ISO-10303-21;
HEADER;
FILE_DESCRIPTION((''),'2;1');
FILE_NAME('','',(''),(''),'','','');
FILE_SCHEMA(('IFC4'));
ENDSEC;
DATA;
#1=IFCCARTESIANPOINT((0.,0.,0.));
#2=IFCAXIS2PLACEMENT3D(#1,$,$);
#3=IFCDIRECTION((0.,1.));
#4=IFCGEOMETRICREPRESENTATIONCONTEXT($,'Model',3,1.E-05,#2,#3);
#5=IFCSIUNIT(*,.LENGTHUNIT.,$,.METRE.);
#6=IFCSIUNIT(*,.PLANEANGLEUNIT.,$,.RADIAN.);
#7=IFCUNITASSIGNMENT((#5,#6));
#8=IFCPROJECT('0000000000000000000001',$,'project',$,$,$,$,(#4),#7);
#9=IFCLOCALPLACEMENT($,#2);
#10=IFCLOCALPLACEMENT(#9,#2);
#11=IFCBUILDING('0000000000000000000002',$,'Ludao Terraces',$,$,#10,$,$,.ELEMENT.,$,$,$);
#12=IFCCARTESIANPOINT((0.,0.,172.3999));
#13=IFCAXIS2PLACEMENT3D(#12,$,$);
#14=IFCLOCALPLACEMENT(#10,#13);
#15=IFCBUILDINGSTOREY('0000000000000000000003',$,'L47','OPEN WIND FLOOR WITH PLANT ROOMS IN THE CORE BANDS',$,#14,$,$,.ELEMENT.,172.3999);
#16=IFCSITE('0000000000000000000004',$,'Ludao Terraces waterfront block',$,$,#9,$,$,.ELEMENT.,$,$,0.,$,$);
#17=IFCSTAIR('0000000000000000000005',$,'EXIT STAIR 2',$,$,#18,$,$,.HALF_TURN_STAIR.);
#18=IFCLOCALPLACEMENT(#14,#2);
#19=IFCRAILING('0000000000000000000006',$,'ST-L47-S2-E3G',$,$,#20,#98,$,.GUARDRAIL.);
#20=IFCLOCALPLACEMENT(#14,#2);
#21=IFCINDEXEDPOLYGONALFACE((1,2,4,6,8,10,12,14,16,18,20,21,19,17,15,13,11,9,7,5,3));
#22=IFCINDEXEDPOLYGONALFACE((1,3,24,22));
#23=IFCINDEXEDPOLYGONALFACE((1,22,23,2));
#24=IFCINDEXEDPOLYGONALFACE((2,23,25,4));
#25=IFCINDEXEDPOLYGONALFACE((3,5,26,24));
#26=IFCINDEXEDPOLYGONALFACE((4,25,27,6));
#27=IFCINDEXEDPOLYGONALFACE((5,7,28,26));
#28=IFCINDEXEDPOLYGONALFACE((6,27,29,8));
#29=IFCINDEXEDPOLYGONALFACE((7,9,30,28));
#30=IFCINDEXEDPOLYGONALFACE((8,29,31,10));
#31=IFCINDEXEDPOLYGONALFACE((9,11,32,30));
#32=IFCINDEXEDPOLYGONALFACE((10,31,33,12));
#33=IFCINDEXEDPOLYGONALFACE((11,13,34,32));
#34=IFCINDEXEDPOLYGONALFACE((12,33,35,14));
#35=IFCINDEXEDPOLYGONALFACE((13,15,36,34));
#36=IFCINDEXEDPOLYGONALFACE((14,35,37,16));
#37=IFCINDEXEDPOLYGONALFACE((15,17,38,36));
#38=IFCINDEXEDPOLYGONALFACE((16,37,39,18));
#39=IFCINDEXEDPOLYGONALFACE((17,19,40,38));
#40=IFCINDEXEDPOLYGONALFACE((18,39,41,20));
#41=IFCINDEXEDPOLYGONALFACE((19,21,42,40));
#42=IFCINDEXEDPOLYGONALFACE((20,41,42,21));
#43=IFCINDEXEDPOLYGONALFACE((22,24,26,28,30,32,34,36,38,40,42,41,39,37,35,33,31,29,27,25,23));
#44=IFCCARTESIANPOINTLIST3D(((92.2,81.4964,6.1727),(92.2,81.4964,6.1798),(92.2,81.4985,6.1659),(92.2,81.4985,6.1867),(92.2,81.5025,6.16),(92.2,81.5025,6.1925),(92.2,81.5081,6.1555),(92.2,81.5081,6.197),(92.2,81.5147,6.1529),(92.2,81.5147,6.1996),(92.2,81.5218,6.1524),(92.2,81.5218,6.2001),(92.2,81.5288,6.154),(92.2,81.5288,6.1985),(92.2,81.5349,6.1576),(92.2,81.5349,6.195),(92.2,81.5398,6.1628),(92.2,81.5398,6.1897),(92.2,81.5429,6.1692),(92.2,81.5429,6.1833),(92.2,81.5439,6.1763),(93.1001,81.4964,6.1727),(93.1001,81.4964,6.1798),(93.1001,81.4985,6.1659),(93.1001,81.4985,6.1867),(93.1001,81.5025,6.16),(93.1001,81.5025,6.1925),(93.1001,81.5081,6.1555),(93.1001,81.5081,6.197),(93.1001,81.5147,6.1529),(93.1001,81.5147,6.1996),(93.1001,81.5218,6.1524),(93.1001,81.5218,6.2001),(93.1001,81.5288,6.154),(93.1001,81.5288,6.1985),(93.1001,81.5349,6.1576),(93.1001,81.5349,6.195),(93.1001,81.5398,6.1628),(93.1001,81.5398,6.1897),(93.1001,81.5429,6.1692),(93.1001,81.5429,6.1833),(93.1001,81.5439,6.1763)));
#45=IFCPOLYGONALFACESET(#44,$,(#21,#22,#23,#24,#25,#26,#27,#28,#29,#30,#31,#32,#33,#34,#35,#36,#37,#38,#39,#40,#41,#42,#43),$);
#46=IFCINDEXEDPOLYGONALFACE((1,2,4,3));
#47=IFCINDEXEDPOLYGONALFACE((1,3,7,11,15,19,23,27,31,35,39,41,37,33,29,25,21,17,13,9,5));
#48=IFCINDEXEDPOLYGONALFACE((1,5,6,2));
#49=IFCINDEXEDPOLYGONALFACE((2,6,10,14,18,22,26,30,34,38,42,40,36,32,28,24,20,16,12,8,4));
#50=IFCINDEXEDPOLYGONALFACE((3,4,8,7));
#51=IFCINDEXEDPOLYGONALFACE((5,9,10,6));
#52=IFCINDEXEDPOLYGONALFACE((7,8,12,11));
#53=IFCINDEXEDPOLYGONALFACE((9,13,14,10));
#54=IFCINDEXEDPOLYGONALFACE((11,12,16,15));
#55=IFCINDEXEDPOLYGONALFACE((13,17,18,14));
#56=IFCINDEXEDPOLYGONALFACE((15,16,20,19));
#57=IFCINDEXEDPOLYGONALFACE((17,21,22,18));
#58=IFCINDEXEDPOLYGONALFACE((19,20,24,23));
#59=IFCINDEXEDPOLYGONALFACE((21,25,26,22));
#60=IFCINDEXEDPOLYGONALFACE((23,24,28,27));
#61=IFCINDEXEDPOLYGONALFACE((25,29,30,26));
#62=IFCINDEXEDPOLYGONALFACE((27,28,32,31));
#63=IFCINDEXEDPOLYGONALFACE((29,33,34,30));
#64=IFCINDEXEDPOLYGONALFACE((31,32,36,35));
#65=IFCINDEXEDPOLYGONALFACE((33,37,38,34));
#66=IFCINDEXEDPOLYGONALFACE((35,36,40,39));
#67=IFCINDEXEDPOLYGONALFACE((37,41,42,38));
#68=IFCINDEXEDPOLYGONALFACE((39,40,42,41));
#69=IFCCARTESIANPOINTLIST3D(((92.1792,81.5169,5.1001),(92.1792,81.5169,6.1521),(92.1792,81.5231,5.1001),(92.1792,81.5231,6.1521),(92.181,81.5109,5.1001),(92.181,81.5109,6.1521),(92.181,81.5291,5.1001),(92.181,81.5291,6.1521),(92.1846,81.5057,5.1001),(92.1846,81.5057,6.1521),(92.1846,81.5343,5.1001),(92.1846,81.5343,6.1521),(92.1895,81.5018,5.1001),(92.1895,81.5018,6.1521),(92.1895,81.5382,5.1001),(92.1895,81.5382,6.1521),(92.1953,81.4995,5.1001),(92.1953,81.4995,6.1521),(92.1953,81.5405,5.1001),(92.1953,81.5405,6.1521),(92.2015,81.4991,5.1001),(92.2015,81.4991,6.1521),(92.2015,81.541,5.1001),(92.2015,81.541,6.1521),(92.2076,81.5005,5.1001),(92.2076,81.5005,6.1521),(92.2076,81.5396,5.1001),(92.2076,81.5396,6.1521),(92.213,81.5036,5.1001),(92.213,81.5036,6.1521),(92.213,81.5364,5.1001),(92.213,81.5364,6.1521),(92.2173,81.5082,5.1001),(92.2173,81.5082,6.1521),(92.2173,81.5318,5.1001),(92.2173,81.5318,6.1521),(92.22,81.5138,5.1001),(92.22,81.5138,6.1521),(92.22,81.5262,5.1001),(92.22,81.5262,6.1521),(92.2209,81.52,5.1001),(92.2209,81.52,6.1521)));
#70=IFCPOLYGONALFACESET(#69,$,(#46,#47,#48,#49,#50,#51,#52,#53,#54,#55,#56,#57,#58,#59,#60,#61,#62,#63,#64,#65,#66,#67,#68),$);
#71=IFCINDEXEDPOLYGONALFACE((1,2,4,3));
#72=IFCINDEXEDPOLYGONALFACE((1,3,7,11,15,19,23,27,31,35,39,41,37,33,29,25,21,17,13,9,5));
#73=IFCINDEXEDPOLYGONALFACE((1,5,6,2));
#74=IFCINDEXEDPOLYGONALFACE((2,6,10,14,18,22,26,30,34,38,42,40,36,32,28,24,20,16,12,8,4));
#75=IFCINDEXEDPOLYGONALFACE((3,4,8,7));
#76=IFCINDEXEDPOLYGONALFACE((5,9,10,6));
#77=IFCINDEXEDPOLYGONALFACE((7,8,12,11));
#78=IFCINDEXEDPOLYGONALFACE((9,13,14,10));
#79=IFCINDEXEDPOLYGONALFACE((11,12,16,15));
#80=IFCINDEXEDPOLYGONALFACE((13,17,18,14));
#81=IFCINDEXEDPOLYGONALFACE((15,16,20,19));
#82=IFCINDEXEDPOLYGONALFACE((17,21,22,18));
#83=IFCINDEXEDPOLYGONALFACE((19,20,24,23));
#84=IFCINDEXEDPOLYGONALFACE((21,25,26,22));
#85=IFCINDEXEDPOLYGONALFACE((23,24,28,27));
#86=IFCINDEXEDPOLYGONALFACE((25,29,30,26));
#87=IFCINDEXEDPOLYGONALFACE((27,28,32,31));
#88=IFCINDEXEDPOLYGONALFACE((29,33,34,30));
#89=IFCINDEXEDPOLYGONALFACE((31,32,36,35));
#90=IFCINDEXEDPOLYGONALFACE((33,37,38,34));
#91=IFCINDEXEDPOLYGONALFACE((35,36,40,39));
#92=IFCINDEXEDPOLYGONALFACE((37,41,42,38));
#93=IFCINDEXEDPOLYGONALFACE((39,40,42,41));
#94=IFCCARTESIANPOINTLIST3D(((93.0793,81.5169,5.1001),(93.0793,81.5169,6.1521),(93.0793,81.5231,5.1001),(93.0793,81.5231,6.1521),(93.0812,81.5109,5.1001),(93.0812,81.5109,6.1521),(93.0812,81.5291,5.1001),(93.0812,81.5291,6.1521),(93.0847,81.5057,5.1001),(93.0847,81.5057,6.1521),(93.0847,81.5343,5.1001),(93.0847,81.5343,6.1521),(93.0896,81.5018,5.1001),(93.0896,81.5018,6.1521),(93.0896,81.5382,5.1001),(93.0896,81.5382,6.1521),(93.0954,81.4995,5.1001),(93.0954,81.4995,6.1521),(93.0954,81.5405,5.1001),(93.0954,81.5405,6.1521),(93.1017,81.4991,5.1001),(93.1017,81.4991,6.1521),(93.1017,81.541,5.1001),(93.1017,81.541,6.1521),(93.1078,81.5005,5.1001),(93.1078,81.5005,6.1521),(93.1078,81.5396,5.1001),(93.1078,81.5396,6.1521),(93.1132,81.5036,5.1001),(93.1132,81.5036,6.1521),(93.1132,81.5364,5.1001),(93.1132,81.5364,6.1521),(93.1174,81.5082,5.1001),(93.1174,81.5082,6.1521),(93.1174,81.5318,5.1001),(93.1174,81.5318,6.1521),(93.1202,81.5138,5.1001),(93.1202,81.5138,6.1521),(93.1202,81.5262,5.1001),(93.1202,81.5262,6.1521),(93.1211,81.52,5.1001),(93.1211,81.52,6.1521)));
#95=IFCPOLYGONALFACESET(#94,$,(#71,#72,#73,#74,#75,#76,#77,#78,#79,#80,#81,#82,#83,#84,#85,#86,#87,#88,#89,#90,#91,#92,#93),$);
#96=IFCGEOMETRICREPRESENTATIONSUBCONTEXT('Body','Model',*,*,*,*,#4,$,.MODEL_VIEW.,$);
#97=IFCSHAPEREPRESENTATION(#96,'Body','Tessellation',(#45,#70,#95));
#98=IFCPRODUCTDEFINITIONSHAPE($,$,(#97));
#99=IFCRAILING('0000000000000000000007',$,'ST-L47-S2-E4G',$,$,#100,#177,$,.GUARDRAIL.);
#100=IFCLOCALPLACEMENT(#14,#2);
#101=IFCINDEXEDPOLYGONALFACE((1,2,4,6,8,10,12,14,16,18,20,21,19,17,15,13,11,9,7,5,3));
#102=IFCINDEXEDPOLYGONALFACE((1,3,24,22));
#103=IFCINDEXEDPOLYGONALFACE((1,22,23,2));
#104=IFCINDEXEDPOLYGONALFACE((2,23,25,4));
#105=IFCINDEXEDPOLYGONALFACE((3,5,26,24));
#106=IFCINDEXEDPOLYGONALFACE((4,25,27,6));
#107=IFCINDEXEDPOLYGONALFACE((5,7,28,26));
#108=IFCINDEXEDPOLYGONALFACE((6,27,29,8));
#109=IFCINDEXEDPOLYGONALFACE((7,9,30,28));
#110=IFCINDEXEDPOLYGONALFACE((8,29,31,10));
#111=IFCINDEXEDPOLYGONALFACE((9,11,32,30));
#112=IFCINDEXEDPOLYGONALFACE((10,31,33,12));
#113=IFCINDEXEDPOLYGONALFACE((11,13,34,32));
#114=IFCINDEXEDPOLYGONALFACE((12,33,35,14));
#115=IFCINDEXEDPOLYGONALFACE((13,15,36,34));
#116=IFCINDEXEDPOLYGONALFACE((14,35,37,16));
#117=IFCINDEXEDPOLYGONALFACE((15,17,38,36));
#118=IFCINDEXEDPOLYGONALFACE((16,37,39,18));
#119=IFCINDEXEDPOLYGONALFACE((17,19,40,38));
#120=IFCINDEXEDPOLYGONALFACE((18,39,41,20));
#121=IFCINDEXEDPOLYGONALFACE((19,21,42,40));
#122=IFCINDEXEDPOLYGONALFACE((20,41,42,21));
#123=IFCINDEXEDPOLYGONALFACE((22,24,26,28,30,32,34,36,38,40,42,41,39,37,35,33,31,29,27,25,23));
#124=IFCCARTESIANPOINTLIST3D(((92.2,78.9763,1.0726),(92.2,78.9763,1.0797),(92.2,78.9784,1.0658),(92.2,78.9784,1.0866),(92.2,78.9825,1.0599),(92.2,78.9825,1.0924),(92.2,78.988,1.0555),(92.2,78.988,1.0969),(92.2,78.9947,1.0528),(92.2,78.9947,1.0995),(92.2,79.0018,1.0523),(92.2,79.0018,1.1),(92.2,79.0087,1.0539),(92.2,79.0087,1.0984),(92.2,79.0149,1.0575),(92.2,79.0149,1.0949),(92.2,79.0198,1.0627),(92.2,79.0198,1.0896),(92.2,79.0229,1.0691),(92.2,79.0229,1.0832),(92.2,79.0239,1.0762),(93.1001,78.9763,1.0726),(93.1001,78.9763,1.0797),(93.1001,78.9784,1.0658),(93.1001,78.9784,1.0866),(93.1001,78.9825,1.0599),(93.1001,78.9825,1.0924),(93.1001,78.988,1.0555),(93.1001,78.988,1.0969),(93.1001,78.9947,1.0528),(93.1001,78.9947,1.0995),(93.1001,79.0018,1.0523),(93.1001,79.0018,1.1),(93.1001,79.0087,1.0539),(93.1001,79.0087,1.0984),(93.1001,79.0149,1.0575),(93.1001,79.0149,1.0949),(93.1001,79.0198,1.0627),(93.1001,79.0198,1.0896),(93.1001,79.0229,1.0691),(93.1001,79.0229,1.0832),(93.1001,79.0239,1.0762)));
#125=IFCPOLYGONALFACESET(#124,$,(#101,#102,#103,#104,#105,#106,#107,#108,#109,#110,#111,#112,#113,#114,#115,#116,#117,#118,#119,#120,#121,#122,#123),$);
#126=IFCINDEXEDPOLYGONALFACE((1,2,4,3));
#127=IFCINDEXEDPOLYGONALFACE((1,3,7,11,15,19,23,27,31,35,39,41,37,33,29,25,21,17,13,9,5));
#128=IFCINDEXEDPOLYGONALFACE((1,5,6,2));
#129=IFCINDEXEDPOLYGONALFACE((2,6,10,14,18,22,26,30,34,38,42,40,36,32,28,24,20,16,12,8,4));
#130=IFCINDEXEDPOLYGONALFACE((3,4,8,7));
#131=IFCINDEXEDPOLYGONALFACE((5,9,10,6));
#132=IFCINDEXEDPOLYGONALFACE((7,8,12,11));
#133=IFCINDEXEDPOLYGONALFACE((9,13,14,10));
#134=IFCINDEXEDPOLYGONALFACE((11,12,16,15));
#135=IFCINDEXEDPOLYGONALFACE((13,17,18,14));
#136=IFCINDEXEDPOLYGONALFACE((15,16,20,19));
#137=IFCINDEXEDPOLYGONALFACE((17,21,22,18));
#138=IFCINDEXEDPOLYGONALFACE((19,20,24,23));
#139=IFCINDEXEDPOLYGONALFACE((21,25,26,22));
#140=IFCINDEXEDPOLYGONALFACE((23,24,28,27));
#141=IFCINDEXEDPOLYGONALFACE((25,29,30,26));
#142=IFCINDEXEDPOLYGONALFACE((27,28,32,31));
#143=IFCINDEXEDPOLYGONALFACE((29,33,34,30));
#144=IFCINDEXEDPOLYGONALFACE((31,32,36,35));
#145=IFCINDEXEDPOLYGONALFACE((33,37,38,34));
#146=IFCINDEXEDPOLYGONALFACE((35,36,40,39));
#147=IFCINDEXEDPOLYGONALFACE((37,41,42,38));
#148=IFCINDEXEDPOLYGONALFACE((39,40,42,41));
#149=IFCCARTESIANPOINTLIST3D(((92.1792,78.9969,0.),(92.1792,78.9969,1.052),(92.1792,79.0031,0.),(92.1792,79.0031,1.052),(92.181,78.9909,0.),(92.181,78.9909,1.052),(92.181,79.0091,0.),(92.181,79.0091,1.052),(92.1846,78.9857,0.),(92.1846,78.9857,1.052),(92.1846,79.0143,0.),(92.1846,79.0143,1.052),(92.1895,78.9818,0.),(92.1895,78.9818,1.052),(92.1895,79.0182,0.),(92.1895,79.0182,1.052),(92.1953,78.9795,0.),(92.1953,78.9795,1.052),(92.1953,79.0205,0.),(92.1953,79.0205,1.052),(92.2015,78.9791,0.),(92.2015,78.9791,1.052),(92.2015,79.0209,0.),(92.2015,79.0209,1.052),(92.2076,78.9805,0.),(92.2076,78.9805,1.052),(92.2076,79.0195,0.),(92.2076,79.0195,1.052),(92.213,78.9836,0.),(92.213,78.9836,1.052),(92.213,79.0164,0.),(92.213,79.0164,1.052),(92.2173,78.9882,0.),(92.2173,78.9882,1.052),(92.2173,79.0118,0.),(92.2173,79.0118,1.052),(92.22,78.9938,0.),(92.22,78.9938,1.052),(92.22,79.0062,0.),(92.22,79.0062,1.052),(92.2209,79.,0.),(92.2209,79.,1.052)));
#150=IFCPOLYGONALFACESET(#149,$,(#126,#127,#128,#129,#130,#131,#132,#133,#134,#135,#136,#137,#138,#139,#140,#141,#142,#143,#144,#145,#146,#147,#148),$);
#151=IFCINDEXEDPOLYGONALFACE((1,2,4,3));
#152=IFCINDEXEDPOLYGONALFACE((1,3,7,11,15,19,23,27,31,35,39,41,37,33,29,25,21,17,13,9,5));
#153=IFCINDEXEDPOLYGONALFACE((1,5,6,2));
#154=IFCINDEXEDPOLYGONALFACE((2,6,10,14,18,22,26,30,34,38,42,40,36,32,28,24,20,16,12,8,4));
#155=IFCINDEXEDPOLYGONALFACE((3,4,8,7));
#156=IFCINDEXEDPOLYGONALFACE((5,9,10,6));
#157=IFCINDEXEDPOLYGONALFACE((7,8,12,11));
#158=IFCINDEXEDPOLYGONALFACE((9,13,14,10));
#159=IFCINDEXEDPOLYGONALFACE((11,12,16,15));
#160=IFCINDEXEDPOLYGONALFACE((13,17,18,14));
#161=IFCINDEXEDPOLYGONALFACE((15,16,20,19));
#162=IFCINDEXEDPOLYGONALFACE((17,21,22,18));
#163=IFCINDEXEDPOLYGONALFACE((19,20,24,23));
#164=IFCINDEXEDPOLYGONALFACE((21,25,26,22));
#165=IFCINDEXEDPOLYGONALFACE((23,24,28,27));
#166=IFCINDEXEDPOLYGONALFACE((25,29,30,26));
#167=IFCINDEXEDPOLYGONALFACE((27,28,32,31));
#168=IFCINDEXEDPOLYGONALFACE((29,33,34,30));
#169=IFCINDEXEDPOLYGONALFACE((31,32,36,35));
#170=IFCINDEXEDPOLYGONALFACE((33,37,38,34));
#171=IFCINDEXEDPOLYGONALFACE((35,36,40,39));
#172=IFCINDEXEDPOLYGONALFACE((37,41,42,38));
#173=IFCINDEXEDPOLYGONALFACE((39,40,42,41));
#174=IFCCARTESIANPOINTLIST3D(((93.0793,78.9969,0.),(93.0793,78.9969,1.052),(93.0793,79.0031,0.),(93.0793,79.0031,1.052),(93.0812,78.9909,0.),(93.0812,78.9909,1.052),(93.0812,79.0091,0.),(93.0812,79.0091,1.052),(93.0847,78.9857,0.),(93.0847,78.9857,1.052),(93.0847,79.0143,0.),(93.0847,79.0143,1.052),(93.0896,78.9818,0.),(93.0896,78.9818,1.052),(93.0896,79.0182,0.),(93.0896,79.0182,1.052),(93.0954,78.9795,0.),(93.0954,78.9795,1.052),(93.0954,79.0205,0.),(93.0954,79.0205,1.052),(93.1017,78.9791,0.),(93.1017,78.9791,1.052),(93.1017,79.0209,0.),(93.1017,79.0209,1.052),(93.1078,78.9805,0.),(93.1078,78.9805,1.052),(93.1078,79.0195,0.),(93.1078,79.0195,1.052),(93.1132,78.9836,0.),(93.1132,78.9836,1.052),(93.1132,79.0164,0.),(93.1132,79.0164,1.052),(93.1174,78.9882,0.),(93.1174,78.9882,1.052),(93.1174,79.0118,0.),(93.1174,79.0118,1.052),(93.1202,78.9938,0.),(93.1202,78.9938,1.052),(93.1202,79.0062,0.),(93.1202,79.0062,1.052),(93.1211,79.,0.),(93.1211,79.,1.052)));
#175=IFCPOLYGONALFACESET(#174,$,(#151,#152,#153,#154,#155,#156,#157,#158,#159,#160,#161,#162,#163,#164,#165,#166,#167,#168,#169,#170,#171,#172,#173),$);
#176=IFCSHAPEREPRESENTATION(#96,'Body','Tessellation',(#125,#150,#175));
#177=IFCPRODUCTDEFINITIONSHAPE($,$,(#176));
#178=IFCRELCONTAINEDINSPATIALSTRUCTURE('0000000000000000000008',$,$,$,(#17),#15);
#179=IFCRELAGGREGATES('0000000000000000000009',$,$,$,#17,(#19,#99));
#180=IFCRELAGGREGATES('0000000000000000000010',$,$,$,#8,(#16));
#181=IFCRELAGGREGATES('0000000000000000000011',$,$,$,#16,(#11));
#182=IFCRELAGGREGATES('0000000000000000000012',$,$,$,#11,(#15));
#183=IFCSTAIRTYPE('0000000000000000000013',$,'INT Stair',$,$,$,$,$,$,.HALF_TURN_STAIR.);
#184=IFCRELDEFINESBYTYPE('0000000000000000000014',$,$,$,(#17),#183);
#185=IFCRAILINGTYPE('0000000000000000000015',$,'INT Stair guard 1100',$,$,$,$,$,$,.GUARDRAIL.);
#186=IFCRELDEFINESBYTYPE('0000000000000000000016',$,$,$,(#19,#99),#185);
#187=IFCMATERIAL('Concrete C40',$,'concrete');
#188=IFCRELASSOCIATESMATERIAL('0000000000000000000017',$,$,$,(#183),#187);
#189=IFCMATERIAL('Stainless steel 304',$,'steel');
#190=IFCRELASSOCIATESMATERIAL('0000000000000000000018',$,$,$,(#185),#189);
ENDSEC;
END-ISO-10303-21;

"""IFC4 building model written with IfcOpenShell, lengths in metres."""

from ifc_helpers import new_model, si_unit, direction, frame, origin, origin_2d, place, context, subcontext, project, spatial, circle, extrude, material, type_object, element, aggregate, save


model = new_model("IFC4")

# Units and contexts
model_context = context("Model", 3, precision=1e-05, world=origin(), true_north=direction((0.0, 1.0)))
body_context = subcontext(model_context, "Body", "Model", "MODEL_VIEW")
ifc_project = project(units=[si_unit("LENGTHUNIT", "METRE"), si_unit("PLANEANGLEUNIT", "RADIAN")], contexts=[model_context])

# Site, building, storey
site_placement = place(None, origin())
site = spatial("IfcSite", under=ifc_project, at=site_placement, Name="Ludao Terraces waterfront block", CompositionType="ELEMENT", RefElevation=0.0)
building_placement = place(site_placement, origin())
building = spatial("IfcBuilding", under=site, at=building_placement, Name="Ludao Terraces", CompositionType="ELEMENT")
storey_placement = place(building_placement, frame((0.0, 0.0, 172.3999)))
storey = spatial("IfcBuildingStorey", under=building, at=storey_placement, Name="L47", Description="OPEN WIND FLOOR WITH PLANT ROOMS IN THE CORE BANDS", CompositionType="ELEMENT", Elevation=172.3999)

# Stair, railings
ifc_material_1 = material(Name="Concrete C40", Category="concrete")
stair_type = type_object("IfcStairType", Name="INT Stair", PredefinedType="HALF_TURN_STAIR", material=ifc_material_1)
stair_placement = place(storey_placement, origin())
stair = element("IfcStair", 1, at=stair_placement, inside=storey, type_object=stair_type, Name="EXIT STAIR 2", PredefinedType="HALF_TURN_STAIR")
ifc_material_2 = material(Name="Stainless steel 304", Category="steel")
railing_type_1 = type_object("IfcRailingType", Name="INT Stair guard 1100", PredefinedType="GUARDRAIL", material=ifc_material_2)
railing_1_placement = place(storey_placement, frame((92.2, 81.52, 5.1001)))
railing_1 = element("IfcRailing", 2, at=railing_1_placement, type_object=railing_type_1, Name="ST-L47-S2-E3G", PredefinedType="GUARDRAIL", context=body_context, shape_type="SweptSolid", body=[
    extrude(circle(Radius=0.0239, at=origin_2d()), frame((0.0, 0.0, 1.0762), z_axis=(1.0, 0.0, 0.0), x_axis=(0.0, 1.0, 0.0)), (0.0, 0.0, 1.0), 0.9001),
    extrude(circle(Radius=0.021, at=origin_2d()), origin(), (0.0, 0.0, 1.0), 1.052),
    extrude(circle(Radius=0.021, at=origin_2d()), frame((0.9001, 0.0, 0.0)), (0.0, 0.0, 1.0), 1.052),
])
railing_2_placement = place(storey_placement, frame((92.2, 79.0, 0.0)))
railing_2 = element("IfcRailing", 3, at=railing_2_placement, type_object=railing_type_1, Name="ST-L47-S2-E4G", PredefinedType="GUARDRAIL", context=body_context, shape_type="SweptSolid", body=[
    extrude(circle(Radius=0.0239, at=origin_2d()), frame((0.0, 0.0, 1.0762), z_axis=(1.0, 0.0, 0.0), x_axis=(0.0, 1.0, 0.0)), (0.0, 0.0, 1.0), 0.9001),
    extrude(circle(Radius=0.021, at=origin_2d()), origin(), (0.0, 0.0, 1.0), 1.052),
    extrude(circle(Radius=0.021, at=origin_2d()), frame((0.9001, 0.0, 0.0)), (0.0, 0.0, 1.0), 1.052),
])
aggregate(stair, [railing_1, railing_2])

save(model, "model.ifc")
